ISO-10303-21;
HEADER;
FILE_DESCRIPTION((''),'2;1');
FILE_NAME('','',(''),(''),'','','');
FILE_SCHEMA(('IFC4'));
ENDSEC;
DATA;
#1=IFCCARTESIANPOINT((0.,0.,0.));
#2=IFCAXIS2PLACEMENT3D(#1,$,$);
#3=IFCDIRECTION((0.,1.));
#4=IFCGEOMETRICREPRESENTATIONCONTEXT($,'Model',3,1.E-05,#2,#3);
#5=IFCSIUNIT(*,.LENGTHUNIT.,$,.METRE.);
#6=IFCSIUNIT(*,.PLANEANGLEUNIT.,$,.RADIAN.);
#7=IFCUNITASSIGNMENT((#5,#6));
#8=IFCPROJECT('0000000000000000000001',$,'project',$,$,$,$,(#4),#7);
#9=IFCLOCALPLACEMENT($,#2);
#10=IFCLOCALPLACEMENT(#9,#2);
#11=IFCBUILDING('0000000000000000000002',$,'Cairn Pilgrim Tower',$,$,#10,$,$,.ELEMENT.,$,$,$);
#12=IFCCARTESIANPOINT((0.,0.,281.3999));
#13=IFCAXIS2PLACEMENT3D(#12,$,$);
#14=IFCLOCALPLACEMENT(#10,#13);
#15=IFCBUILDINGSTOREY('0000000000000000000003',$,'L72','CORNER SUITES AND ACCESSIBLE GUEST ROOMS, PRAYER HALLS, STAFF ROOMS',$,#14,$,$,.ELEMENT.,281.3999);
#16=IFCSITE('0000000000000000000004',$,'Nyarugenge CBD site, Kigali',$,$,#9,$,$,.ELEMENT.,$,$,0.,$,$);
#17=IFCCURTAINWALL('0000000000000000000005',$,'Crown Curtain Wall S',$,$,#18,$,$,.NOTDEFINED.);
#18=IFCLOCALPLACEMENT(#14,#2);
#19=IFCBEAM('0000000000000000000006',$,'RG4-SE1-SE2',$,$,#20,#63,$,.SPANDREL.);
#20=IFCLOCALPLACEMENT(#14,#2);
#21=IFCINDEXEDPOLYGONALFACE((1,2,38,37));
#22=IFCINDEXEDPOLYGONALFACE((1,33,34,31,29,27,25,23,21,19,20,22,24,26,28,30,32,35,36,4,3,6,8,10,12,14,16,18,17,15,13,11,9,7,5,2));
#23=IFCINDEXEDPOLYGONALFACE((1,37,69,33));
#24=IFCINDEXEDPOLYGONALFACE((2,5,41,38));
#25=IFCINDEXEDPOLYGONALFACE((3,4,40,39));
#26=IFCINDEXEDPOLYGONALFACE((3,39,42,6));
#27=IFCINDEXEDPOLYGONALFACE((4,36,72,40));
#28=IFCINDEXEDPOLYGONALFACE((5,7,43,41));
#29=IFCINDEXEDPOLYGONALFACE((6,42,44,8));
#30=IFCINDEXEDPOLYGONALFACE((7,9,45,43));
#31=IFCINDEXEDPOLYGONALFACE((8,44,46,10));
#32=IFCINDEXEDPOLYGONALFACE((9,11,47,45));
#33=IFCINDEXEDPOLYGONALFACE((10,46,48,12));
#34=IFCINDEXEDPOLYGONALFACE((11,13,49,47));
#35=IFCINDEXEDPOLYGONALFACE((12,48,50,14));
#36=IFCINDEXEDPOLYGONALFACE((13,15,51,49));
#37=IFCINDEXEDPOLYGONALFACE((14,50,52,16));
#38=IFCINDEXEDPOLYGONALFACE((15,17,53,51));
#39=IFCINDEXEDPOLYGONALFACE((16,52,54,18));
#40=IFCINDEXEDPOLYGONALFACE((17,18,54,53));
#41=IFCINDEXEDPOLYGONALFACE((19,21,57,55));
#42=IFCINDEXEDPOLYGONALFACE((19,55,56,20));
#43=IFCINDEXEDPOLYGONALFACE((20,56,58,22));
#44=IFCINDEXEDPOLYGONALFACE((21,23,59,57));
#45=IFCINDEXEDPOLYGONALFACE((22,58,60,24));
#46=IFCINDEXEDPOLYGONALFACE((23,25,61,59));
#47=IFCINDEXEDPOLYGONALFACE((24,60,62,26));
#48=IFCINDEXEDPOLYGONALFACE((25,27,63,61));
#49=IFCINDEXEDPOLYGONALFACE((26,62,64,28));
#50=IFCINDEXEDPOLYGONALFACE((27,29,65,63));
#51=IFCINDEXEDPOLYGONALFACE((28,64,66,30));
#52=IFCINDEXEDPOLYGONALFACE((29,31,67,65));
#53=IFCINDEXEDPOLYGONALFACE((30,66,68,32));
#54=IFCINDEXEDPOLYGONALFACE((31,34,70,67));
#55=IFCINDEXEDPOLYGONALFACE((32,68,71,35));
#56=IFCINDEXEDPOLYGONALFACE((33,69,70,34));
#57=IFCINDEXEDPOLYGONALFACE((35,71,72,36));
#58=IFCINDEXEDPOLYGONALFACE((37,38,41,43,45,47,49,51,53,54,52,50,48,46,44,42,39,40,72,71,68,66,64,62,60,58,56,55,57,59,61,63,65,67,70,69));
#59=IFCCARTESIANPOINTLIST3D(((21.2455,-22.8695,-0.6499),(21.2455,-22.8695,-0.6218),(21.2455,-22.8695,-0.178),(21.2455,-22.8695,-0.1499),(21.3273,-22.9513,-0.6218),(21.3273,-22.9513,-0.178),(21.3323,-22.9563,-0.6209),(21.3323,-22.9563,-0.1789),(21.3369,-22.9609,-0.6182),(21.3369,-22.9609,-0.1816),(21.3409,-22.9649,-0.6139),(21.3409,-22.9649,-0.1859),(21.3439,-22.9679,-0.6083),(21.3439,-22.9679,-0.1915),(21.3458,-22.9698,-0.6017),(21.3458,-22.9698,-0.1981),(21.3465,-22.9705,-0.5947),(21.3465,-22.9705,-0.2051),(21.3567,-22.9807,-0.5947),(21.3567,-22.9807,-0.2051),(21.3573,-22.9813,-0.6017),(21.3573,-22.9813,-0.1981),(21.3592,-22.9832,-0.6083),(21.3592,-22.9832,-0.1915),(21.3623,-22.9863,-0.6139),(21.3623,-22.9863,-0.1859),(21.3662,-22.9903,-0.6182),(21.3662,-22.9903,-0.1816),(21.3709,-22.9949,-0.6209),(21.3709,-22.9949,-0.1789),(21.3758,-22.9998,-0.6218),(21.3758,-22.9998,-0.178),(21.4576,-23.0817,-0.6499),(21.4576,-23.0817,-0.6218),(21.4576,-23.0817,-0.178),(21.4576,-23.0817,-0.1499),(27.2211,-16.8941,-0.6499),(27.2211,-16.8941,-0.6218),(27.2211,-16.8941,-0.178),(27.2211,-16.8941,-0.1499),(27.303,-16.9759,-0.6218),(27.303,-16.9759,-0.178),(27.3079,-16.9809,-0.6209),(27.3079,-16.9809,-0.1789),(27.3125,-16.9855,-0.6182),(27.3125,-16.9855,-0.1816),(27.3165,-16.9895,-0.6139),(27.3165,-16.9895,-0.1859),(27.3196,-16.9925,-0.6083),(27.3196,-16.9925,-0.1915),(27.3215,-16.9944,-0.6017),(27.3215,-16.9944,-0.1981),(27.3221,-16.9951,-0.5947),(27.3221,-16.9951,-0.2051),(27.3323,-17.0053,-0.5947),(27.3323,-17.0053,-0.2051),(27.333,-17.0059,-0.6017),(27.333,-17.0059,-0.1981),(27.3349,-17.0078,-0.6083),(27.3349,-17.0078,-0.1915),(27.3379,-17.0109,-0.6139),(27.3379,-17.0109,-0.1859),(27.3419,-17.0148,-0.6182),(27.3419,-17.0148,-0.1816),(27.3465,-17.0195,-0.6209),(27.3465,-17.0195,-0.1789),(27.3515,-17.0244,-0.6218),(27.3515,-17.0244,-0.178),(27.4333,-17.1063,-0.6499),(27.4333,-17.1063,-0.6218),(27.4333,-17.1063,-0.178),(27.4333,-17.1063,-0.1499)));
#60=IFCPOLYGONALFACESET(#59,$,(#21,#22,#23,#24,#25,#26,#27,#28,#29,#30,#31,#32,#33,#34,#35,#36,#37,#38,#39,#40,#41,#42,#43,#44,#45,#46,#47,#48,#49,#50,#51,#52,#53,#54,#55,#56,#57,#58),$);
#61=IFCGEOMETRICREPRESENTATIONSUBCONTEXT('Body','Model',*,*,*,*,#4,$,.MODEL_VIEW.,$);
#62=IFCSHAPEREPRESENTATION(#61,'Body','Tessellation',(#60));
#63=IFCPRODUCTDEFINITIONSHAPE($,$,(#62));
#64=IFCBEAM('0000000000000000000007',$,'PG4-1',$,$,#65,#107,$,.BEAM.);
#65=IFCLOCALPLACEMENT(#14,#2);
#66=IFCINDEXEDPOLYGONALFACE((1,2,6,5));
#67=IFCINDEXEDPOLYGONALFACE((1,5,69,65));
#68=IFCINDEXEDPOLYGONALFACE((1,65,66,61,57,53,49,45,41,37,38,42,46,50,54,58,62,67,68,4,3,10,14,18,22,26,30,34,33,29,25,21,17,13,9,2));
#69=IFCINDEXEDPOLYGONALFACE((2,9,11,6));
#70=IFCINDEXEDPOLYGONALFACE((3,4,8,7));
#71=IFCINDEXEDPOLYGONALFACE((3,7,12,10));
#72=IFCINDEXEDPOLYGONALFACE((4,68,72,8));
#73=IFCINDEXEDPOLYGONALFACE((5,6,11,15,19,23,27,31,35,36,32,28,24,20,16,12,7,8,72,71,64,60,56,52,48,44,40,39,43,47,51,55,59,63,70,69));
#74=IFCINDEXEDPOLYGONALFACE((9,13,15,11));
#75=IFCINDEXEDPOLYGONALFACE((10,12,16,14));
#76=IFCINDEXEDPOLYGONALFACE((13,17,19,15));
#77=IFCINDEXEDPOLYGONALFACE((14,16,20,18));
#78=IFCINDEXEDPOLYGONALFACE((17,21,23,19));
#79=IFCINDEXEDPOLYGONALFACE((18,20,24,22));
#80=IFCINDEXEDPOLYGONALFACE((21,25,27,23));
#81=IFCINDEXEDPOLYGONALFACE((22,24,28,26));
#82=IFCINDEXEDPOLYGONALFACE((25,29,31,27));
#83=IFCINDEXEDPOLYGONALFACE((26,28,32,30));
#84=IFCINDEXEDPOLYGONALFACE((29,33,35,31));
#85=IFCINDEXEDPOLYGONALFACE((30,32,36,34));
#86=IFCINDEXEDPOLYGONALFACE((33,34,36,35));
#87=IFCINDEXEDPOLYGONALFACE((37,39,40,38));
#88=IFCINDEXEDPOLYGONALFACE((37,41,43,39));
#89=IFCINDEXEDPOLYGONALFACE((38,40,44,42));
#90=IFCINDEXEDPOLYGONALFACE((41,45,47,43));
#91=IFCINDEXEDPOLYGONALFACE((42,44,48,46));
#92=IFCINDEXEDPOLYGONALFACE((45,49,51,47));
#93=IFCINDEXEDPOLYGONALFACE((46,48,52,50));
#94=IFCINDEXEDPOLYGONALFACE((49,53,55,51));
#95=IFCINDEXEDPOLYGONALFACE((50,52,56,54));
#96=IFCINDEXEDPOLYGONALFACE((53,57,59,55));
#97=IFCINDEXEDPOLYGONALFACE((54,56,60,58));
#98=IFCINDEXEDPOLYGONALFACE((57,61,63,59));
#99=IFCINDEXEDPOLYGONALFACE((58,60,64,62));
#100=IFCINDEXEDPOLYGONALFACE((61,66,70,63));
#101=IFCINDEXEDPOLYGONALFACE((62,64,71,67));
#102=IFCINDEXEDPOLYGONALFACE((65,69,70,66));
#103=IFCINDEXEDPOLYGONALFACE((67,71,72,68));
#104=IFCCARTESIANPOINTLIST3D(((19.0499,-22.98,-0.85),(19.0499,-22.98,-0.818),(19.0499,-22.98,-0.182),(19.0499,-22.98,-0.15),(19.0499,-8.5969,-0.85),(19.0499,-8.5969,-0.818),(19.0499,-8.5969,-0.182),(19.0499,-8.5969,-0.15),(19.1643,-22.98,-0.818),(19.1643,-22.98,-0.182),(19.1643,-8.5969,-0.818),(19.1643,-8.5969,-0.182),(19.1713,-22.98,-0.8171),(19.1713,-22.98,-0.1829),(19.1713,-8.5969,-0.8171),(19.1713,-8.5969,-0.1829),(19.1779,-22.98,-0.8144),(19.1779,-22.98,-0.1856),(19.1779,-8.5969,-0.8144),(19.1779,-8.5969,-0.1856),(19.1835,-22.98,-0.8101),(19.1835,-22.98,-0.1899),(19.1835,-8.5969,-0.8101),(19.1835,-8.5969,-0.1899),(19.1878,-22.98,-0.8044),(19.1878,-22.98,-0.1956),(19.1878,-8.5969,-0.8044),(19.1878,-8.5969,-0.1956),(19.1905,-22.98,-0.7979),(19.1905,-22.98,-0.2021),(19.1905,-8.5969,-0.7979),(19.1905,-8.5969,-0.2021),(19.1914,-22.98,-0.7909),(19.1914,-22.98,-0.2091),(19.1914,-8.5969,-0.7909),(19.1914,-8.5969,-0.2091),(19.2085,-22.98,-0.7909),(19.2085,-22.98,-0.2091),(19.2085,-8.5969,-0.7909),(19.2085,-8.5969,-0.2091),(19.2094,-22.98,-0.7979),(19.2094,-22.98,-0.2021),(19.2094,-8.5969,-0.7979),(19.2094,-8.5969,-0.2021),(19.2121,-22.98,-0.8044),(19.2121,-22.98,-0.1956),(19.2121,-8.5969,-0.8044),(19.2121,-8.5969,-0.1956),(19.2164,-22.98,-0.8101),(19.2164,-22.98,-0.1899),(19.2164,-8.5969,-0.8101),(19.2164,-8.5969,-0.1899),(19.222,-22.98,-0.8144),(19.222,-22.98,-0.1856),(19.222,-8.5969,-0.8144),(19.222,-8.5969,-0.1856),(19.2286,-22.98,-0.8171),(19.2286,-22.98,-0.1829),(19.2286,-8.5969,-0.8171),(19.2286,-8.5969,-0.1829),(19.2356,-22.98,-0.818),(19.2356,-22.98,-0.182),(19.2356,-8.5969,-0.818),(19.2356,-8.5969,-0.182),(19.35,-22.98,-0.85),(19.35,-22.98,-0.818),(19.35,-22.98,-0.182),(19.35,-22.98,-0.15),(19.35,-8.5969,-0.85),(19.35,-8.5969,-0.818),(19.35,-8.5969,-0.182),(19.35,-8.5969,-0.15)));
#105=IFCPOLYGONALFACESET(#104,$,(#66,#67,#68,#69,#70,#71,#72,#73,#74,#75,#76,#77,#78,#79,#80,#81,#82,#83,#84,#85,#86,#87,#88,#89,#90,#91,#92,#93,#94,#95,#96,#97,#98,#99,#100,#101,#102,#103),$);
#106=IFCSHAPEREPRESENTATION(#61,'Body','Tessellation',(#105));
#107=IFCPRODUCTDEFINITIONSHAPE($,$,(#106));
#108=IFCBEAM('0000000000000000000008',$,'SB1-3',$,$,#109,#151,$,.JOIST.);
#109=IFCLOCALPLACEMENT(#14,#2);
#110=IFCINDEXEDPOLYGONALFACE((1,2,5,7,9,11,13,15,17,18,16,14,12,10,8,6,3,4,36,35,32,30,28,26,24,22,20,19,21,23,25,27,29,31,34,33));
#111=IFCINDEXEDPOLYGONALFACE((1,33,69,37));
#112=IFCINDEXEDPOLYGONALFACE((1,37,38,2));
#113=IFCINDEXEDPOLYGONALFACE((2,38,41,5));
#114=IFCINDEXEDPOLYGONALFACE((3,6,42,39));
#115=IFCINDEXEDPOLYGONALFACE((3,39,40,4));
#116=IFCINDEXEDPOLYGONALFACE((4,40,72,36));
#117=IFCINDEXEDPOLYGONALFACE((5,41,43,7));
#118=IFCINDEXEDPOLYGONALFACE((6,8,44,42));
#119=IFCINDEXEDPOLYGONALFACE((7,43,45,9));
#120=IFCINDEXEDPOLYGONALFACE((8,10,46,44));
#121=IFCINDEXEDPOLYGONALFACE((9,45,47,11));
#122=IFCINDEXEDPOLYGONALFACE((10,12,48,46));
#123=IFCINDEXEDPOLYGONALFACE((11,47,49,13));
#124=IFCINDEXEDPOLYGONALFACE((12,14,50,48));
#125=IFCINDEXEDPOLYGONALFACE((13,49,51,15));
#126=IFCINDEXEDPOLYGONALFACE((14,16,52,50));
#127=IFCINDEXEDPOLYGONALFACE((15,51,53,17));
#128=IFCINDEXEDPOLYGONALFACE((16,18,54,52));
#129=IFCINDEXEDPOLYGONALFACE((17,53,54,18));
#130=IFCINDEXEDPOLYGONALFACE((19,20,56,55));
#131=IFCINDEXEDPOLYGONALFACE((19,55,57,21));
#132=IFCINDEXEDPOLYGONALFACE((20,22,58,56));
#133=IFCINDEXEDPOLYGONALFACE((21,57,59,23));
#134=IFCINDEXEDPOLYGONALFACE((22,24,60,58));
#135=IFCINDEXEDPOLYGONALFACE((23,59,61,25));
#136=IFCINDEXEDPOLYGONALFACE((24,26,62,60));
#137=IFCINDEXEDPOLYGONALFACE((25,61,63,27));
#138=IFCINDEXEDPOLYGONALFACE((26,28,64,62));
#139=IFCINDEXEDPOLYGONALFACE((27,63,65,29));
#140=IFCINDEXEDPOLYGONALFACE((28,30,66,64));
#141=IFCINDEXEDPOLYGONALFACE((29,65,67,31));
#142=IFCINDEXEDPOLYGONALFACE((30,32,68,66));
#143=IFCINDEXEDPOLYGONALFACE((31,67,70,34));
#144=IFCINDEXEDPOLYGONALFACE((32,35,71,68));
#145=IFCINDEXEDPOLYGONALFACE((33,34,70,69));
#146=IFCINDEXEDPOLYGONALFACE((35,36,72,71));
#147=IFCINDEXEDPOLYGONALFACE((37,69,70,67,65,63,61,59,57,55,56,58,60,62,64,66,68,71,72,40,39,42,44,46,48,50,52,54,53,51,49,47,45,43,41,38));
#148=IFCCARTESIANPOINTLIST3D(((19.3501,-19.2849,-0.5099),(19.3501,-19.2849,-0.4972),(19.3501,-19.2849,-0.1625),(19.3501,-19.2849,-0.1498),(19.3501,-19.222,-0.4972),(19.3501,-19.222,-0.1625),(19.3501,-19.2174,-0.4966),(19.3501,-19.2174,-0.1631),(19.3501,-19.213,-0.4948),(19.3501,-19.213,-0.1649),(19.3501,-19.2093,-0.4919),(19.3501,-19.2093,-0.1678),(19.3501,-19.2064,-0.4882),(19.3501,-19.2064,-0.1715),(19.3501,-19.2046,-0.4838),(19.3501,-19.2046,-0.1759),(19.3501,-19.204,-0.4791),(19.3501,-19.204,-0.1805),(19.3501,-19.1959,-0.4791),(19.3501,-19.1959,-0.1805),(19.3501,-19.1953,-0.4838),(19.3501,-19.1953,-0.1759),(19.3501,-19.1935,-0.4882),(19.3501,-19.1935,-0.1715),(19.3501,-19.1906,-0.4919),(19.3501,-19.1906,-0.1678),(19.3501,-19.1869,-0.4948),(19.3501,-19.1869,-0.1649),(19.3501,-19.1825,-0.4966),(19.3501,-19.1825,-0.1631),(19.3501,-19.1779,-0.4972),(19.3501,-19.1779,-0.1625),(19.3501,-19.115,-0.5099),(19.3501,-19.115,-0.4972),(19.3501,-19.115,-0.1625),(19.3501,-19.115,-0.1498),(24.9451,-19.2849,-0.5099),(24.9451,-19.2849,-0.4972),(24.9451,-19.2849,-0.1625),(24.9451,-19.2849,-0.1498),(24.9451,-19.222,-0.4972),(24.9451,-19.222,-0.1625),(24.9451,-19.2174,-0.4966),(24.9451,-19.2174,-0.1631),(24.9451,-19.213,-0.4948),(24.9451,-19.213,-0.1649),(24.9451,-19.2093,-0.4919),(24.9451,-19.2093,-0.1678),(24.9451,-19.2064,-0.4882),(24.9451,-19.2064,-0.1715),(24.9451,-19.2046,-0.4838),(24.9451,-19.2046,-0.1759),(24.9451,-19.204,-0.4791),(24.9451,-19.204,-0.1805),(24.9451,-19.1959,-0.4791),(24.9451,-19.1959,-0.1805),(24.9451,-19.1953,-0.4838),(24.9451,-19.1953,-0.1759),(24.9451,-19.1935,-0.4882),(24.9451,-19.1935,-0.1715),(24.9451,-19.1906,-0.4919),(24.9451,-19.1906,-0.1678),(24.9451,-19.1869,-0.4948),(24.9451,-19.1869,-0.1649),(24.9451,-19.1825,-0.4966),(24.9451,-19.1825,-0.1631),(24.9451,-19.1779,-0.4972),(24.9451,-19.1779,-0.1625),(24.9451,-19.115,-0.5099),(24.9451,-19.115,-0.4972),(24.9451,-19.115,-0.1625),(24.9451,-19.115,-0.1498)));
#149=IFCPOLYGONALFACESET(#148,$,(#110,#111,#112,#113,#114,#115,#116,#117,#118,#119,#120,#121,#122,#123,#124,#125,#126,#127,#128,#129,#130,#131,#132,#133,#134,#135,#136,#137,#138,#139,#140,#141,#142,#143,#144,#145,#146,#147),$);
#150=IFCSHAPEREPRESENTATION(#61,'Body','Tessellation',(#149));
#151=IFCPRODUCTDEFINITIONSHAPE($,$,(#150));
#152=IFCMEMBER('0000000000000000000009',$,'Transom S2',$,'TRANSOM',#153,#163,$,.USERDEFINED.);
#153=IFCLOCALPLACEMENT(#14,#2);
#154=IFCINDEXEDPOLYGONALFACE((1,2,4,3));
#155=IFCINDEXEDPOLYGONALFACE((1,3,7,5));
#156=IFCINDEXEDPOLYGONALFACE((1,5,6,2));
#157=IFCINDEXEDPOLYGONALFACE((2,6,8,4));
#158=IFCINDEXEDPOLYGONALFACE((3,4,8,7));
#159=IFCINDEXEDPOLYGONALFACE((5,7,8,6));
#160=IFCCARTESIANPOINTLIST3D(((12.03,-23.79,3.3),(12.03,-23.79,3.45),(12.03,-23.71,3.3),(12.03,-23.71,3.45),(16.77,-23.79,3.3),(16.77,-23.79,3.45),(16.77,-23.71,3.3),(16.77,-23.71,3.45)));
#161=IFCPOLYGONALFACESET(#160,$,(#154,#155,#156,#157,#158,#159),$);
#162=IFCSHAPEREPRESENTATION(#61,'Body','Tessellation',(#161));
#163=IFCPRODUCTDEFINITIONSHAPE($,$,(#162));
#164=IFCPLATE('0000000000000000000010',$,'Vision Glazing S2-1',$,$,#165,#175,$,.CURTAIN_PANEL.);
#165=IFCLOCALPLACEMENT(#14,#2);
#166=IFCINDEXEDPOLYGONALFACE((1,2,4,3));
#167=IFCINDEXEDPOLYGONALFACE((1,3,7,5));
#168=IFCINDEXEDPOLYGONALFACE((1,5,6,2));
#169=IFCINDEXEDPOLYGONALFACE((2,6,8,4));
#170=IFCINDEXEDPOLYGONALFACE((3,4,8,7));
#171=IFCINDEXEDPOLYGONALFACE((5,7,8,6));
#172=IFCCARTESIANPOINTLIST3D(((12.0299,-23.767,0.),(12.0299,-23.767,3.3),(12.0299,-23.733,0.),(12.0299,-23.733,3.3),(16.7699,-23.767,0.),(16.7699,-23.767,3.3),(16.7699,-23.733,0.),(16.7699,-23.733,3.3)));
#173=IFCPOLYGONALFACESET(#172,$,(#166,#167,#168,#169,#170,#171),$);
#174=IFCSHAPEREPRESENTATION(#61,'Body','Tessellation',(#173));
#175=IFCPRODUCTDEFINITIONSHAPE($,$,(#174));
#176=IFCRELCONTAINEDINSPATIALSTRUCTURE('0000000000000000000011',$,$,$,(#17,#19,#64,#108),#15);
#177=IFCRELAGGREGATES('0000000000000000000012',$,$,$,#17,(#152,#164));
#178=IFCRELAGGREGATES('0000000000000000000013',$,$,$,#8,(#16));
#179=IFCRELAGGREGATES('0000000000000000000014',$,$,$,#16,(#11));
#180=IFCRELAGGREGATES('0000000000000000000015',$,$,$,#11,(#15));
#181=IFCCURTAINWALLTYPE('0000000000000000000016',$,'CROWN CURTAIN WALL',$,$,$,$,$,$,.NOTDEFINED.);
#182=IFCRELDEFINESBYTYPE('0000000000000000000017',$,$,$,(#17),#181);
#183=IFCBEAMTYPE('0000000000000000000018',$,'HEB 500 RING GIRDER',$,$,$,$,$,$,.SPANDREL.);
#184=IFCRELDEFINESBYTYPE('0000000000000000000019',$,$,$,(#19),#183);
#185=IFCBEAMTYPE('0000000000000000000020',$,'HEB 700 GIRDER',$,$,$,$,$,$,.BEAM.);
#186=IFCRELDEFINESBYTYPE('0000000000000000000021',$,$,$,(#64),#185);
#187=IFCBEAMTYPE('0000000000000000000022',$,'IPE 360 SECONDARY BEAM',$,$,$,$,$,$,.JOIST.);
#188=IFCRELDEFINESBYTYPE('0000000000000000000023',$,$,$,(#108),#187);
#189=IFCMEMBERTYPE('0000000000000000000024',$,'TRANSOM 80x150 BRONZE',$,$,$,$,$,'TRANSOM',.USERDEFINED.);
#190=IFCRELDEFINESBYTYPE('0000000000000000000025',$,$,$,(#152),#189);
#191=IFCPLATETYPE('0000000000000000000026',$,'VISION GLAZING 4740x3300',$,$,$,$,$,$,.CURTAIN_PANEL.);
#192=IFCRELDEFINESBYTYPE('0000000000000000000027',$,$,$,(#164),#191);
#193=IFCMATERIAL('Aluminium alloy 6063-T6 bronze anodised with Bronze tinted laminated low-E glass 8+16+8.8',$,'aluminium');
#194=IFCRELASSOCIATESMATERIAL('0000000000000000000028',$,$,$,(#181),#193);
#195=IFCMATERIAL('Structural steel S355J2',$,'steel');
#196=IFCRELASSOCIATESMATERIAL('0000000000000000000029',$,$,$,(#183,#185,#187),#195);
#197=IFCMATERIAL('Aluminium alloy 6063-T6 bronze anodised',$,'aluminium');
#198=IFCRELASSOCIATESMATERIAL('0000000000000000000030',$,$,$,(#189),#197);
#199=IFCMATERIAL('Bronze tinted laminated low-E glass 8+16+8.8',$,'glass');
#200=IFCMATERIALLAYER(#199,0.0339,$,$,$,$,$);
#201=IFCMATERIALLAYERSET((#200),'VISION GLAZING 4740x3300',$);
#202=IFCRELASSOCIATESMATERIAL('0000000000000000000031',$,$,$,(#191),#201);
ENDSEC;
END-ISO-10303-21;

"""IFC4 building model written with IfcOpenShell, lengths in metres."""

from ifc_helpers import new_model, si_unit, direction, frame, origin, origin_2d, place, context, subcontext, project, spatial, rectangle, i_section, extrude, material, layer, layer_set, material_profile, profile_set, type_object, element, aggregate, save


model = new_model("IFC4")

# Units and contexts
model_context = context("Model", 3, precision=1e-05, world=origin(), true_north=direction((0.0, 1.0)))
body_context = subcontext(model_context, "Body", "Model", "MODEL_VIEW")
ifc_project = project(units=[si_unit("LENGTHUNIT", "METRE"), si_unit("PLANEANGLEUNIT", "RADIAN")], contexts=[model_context])

# Site, building, storey
site_placement = place(None, origin())
site = spatial("IfcSite", under=ifc_project, at=site_placement, Name="Nyarugenge CBD site, Kigali", CompositionType="ELEMENT", RefElevation=0.0)
building_placement = place(site_placement, origin())
building = spatial("IfcBuilding", under=site, at=building_placement, Name="Cairn Pilgrim Tower", CompositionType="ELEMENT")
storey_placement = place(building_placement, frame((0.0, 0.0, 281.3999)))
storey = spatial("IfcBuildingStorey", under=building, at=storey_placement, Name="L72", Description="CORNER SUITES AND ACCESSIBLE GUEST ROOMS, PRAYER HALLS, STAFF ROOMS", CompositionType="ELEMENT", Elevation=281.3999)

# Shared definitions
ifc_material_1 = material(Name="Structural steel S355J2", Category="steel")

# Curtain wall
ifc_material_2 = material(Name="Aluminium alloy 6063-T6 bronze anodised with Bronze tinted laminated low-E glass 8+16+8.8", Category="aluminium")
curtain_wall_type = type_object("IfcCurtainWallType", Name="CROWN CURTAIN WALL", PredefinedType="NOTDEFINED", material=ifc_material_2)
curtain_wall_1_placement = place(storey_placement, origin())
curtain_wall_1 = element("IfcCurtainWall", 1, at=curtain_wall_1_placement, inside=storey, type_object=curtain_wall_type, Name="Crown Curtain Wall S", PredefinedType="NOTDEFINED")
ifc_material_3 = material(Name="Aluminium alloy 6063-T6 bronze anodised", Category="aluminium")

# Beams
ifc_material_profile_1 = material_profile(ifc_material_1, i_section(OverallWidth=0.3, OverallDepth=0.5, WebThickness=0.0144, FlangeThickness=0.0281, FilletRadius=0.0271, at=origin_2d()), Name="HEB 500")
ifc_profile_set_1 = profile_set([ifc_material_profile_1], Name="Structural steel S355J2")
beam_type_1 = type_object("IfcBeamType", Name="HEB 500 RING GIRDER", PredefinedType="SPANDREL", material=ifc_profile_set_1)
beam_1_placement = place(storey_placement, frame((21.3516, -22.9756, -0.3999), z_axis=(0.707121, 0.707092, 0.0), x_axis=(-0.707092, 0.707121, 0.0)))
element("IfcBeam", 2, at=beam_1_placement, inside=storey, type_object=beam_type_1, Name="RG4-SE1-SE2", PredefinedType="SPANDREL", context=body_context, shape_type="SweptSolid", body=[
    extrude(i_section(OverallWidth=0.3, OverallDepth=0.5, WebThickness=0.0144, FlangeThickness=0.0281, FilletRadius=0.0271, at=origin_2d()), origin(), (0.0, 0.0, 1.0), 8.4507),
])
ifc_material_profile_2 = material_profile(ifc_material_1, i_section(OverallWidth=0.3, OverallDepth=0.7, WebThickness=0.0171, FlangeThickness=0.032, FilletRadius=0.0271, at=origin_2d()), Name="HEB 700")
ifc_profile_set_2 = profile_set([ifc_material_profile_2], Name="Structural steel S355J2")
beam_type_2 = type_object("IfcBeamType", Name="HEB 700 GIRDER", PredefinedType="BEAM", material=ifc_profile_set_2)
beam_2_placement = place(storey_placement, frame((19.2, -22.98, -0.5), z_axis=(0.0, 1.0, 0.0), x_axis=(-1.0, 0.0, 0.0)))
element("IfcBeam", 3, at=beam_2_placement, inside=storey, type_object=beam_type_2, Name="PG4-1", PredefinedType="BEAM", context=body_context, shape_type="SweptSolid", body=[
    extrude(i_section(OverallWidth=0.3, OverallDepth=0.7, WebThickness=0.0171, FlangeThickness=0.032, FilletRadius=0.0271, at=origin_2d()), origin(), (0.0, 0.0, 1.0), 14.3831),
])
ifc_material_profile_3 = material_profile(ifc_material_1, i_section(OverallWidth=0.1699, OverallDepth=0.3601, WebThickness=0.0081, FlangeThickness=0.0127, FilletRadius=0.0181, at=origin_2d()), Name="IPE 360")
ifc_profile_set_3 = profile_set([ifc_material_profile_3], Name="Structural steel S355J2")
beam_type_3 = type_object("IfcBeamType", Name="IPE 360 SECONDARY BEAM", PredefinedType="JOIST", material=ifc_profile_set_3)
beam_3_placement = place(storey_placement, frame((19.3501, -19.2, -0.3298), z_axis=(1.0, 0.0, 0.0), x_axis=(0.0, 1.0, 0.0)))
element("IfcBeam", 4, at=beam_3_placement, inside=storey, type_object=beam_type_3, Name="SB1-3", PredefinedType="JOIST", context=body_context, shape_type="SweptSolid", body=[
    extrude(i_section(OverallWidth=0.1699, OverallDepth=0.3601, WebThickness=0.0081, FlangeThickness=0.0127, FilletRadius=0.0181, at=origin_2d()), origin(), (0.0, 0.0, 1.0), 5.595),
])

# Member
ifc_material_profile_4 = material_profile(ifc_material_3, rectangle(XDim=0.0801, YDim=0.1499, at=origin_2d()), Name="TRANSOM 80x150 BRONZE")
ifc_profile_set_4 = profile_set([ifc_material_profile_4], Name="Aluminium alloy 6063-T6 bronze anodised")
member_type_1 = type_object("IfcMemberType", Name="TRANSOM 80x150 BRONZE", ElementType="TRANSOM", PredefinedType="USERDEFINED", material=ifc_profile_set_4)
member_1_placement = place(storey_placement, frame((12.03, -23.75, 3.375), z_axis=(1.0, 0.0, 0.0), x_axis=(0.0, 1.0, 0.0)))
member_1 = element("IfcMember", 5, at=member_1_placement, type_object=member_type_1, Name="Transom S2", ObjectType="TRANSOM", PredefinedType="USERDEFINED", context=body_context, shape_type="SweptSolid", body=[
    extrude(rectangle(XDim=0.0801, YDim=0.1499, at=origin_2d()), origin(), (0.0, 0.0, 1.0), 4.74),
])

# Plate
ifc_material_4 = material(Name="Bronze tinted laminated low-E glass 8+16+8.8", Category="glass")
ifc_layer_1 = layer(ifc_material_4, 0.0339)
ifc_layer_set_1 = layer_set([ifc_layer_1], Name="VISION GLAZING 4740x3300")
plate_type = type_object("IfcPlateType", Name="VISION GLAZING 4740x3300", PredefinedType="CURTAIN_PANEL", material=ifc_layer_set_1)
plate_placement = place(storey_placement, frame((14.3999, -23.75, 0.0), z_axis=(0.0, 0.0, 1.0), x_axis=(1.0, 0.0, 0.0)))
plate = element("IfcPlate", 6, at=plate_placement, type_object=plate_type, Name="Vision Glazing S2-1", PredefinedType="CURTAIN_PANEL", context=body_context, shape_type="SweptSolid", body=[
    extrude(rectangle(XDim=4.74, YDim=0.0339, at=origin_2d()), origin(), (0.0, 0.0, 1.0), 3.3),
])
aggregate(curtain_wall_1, [member_1, plate])

save(model, "model.ifc")
